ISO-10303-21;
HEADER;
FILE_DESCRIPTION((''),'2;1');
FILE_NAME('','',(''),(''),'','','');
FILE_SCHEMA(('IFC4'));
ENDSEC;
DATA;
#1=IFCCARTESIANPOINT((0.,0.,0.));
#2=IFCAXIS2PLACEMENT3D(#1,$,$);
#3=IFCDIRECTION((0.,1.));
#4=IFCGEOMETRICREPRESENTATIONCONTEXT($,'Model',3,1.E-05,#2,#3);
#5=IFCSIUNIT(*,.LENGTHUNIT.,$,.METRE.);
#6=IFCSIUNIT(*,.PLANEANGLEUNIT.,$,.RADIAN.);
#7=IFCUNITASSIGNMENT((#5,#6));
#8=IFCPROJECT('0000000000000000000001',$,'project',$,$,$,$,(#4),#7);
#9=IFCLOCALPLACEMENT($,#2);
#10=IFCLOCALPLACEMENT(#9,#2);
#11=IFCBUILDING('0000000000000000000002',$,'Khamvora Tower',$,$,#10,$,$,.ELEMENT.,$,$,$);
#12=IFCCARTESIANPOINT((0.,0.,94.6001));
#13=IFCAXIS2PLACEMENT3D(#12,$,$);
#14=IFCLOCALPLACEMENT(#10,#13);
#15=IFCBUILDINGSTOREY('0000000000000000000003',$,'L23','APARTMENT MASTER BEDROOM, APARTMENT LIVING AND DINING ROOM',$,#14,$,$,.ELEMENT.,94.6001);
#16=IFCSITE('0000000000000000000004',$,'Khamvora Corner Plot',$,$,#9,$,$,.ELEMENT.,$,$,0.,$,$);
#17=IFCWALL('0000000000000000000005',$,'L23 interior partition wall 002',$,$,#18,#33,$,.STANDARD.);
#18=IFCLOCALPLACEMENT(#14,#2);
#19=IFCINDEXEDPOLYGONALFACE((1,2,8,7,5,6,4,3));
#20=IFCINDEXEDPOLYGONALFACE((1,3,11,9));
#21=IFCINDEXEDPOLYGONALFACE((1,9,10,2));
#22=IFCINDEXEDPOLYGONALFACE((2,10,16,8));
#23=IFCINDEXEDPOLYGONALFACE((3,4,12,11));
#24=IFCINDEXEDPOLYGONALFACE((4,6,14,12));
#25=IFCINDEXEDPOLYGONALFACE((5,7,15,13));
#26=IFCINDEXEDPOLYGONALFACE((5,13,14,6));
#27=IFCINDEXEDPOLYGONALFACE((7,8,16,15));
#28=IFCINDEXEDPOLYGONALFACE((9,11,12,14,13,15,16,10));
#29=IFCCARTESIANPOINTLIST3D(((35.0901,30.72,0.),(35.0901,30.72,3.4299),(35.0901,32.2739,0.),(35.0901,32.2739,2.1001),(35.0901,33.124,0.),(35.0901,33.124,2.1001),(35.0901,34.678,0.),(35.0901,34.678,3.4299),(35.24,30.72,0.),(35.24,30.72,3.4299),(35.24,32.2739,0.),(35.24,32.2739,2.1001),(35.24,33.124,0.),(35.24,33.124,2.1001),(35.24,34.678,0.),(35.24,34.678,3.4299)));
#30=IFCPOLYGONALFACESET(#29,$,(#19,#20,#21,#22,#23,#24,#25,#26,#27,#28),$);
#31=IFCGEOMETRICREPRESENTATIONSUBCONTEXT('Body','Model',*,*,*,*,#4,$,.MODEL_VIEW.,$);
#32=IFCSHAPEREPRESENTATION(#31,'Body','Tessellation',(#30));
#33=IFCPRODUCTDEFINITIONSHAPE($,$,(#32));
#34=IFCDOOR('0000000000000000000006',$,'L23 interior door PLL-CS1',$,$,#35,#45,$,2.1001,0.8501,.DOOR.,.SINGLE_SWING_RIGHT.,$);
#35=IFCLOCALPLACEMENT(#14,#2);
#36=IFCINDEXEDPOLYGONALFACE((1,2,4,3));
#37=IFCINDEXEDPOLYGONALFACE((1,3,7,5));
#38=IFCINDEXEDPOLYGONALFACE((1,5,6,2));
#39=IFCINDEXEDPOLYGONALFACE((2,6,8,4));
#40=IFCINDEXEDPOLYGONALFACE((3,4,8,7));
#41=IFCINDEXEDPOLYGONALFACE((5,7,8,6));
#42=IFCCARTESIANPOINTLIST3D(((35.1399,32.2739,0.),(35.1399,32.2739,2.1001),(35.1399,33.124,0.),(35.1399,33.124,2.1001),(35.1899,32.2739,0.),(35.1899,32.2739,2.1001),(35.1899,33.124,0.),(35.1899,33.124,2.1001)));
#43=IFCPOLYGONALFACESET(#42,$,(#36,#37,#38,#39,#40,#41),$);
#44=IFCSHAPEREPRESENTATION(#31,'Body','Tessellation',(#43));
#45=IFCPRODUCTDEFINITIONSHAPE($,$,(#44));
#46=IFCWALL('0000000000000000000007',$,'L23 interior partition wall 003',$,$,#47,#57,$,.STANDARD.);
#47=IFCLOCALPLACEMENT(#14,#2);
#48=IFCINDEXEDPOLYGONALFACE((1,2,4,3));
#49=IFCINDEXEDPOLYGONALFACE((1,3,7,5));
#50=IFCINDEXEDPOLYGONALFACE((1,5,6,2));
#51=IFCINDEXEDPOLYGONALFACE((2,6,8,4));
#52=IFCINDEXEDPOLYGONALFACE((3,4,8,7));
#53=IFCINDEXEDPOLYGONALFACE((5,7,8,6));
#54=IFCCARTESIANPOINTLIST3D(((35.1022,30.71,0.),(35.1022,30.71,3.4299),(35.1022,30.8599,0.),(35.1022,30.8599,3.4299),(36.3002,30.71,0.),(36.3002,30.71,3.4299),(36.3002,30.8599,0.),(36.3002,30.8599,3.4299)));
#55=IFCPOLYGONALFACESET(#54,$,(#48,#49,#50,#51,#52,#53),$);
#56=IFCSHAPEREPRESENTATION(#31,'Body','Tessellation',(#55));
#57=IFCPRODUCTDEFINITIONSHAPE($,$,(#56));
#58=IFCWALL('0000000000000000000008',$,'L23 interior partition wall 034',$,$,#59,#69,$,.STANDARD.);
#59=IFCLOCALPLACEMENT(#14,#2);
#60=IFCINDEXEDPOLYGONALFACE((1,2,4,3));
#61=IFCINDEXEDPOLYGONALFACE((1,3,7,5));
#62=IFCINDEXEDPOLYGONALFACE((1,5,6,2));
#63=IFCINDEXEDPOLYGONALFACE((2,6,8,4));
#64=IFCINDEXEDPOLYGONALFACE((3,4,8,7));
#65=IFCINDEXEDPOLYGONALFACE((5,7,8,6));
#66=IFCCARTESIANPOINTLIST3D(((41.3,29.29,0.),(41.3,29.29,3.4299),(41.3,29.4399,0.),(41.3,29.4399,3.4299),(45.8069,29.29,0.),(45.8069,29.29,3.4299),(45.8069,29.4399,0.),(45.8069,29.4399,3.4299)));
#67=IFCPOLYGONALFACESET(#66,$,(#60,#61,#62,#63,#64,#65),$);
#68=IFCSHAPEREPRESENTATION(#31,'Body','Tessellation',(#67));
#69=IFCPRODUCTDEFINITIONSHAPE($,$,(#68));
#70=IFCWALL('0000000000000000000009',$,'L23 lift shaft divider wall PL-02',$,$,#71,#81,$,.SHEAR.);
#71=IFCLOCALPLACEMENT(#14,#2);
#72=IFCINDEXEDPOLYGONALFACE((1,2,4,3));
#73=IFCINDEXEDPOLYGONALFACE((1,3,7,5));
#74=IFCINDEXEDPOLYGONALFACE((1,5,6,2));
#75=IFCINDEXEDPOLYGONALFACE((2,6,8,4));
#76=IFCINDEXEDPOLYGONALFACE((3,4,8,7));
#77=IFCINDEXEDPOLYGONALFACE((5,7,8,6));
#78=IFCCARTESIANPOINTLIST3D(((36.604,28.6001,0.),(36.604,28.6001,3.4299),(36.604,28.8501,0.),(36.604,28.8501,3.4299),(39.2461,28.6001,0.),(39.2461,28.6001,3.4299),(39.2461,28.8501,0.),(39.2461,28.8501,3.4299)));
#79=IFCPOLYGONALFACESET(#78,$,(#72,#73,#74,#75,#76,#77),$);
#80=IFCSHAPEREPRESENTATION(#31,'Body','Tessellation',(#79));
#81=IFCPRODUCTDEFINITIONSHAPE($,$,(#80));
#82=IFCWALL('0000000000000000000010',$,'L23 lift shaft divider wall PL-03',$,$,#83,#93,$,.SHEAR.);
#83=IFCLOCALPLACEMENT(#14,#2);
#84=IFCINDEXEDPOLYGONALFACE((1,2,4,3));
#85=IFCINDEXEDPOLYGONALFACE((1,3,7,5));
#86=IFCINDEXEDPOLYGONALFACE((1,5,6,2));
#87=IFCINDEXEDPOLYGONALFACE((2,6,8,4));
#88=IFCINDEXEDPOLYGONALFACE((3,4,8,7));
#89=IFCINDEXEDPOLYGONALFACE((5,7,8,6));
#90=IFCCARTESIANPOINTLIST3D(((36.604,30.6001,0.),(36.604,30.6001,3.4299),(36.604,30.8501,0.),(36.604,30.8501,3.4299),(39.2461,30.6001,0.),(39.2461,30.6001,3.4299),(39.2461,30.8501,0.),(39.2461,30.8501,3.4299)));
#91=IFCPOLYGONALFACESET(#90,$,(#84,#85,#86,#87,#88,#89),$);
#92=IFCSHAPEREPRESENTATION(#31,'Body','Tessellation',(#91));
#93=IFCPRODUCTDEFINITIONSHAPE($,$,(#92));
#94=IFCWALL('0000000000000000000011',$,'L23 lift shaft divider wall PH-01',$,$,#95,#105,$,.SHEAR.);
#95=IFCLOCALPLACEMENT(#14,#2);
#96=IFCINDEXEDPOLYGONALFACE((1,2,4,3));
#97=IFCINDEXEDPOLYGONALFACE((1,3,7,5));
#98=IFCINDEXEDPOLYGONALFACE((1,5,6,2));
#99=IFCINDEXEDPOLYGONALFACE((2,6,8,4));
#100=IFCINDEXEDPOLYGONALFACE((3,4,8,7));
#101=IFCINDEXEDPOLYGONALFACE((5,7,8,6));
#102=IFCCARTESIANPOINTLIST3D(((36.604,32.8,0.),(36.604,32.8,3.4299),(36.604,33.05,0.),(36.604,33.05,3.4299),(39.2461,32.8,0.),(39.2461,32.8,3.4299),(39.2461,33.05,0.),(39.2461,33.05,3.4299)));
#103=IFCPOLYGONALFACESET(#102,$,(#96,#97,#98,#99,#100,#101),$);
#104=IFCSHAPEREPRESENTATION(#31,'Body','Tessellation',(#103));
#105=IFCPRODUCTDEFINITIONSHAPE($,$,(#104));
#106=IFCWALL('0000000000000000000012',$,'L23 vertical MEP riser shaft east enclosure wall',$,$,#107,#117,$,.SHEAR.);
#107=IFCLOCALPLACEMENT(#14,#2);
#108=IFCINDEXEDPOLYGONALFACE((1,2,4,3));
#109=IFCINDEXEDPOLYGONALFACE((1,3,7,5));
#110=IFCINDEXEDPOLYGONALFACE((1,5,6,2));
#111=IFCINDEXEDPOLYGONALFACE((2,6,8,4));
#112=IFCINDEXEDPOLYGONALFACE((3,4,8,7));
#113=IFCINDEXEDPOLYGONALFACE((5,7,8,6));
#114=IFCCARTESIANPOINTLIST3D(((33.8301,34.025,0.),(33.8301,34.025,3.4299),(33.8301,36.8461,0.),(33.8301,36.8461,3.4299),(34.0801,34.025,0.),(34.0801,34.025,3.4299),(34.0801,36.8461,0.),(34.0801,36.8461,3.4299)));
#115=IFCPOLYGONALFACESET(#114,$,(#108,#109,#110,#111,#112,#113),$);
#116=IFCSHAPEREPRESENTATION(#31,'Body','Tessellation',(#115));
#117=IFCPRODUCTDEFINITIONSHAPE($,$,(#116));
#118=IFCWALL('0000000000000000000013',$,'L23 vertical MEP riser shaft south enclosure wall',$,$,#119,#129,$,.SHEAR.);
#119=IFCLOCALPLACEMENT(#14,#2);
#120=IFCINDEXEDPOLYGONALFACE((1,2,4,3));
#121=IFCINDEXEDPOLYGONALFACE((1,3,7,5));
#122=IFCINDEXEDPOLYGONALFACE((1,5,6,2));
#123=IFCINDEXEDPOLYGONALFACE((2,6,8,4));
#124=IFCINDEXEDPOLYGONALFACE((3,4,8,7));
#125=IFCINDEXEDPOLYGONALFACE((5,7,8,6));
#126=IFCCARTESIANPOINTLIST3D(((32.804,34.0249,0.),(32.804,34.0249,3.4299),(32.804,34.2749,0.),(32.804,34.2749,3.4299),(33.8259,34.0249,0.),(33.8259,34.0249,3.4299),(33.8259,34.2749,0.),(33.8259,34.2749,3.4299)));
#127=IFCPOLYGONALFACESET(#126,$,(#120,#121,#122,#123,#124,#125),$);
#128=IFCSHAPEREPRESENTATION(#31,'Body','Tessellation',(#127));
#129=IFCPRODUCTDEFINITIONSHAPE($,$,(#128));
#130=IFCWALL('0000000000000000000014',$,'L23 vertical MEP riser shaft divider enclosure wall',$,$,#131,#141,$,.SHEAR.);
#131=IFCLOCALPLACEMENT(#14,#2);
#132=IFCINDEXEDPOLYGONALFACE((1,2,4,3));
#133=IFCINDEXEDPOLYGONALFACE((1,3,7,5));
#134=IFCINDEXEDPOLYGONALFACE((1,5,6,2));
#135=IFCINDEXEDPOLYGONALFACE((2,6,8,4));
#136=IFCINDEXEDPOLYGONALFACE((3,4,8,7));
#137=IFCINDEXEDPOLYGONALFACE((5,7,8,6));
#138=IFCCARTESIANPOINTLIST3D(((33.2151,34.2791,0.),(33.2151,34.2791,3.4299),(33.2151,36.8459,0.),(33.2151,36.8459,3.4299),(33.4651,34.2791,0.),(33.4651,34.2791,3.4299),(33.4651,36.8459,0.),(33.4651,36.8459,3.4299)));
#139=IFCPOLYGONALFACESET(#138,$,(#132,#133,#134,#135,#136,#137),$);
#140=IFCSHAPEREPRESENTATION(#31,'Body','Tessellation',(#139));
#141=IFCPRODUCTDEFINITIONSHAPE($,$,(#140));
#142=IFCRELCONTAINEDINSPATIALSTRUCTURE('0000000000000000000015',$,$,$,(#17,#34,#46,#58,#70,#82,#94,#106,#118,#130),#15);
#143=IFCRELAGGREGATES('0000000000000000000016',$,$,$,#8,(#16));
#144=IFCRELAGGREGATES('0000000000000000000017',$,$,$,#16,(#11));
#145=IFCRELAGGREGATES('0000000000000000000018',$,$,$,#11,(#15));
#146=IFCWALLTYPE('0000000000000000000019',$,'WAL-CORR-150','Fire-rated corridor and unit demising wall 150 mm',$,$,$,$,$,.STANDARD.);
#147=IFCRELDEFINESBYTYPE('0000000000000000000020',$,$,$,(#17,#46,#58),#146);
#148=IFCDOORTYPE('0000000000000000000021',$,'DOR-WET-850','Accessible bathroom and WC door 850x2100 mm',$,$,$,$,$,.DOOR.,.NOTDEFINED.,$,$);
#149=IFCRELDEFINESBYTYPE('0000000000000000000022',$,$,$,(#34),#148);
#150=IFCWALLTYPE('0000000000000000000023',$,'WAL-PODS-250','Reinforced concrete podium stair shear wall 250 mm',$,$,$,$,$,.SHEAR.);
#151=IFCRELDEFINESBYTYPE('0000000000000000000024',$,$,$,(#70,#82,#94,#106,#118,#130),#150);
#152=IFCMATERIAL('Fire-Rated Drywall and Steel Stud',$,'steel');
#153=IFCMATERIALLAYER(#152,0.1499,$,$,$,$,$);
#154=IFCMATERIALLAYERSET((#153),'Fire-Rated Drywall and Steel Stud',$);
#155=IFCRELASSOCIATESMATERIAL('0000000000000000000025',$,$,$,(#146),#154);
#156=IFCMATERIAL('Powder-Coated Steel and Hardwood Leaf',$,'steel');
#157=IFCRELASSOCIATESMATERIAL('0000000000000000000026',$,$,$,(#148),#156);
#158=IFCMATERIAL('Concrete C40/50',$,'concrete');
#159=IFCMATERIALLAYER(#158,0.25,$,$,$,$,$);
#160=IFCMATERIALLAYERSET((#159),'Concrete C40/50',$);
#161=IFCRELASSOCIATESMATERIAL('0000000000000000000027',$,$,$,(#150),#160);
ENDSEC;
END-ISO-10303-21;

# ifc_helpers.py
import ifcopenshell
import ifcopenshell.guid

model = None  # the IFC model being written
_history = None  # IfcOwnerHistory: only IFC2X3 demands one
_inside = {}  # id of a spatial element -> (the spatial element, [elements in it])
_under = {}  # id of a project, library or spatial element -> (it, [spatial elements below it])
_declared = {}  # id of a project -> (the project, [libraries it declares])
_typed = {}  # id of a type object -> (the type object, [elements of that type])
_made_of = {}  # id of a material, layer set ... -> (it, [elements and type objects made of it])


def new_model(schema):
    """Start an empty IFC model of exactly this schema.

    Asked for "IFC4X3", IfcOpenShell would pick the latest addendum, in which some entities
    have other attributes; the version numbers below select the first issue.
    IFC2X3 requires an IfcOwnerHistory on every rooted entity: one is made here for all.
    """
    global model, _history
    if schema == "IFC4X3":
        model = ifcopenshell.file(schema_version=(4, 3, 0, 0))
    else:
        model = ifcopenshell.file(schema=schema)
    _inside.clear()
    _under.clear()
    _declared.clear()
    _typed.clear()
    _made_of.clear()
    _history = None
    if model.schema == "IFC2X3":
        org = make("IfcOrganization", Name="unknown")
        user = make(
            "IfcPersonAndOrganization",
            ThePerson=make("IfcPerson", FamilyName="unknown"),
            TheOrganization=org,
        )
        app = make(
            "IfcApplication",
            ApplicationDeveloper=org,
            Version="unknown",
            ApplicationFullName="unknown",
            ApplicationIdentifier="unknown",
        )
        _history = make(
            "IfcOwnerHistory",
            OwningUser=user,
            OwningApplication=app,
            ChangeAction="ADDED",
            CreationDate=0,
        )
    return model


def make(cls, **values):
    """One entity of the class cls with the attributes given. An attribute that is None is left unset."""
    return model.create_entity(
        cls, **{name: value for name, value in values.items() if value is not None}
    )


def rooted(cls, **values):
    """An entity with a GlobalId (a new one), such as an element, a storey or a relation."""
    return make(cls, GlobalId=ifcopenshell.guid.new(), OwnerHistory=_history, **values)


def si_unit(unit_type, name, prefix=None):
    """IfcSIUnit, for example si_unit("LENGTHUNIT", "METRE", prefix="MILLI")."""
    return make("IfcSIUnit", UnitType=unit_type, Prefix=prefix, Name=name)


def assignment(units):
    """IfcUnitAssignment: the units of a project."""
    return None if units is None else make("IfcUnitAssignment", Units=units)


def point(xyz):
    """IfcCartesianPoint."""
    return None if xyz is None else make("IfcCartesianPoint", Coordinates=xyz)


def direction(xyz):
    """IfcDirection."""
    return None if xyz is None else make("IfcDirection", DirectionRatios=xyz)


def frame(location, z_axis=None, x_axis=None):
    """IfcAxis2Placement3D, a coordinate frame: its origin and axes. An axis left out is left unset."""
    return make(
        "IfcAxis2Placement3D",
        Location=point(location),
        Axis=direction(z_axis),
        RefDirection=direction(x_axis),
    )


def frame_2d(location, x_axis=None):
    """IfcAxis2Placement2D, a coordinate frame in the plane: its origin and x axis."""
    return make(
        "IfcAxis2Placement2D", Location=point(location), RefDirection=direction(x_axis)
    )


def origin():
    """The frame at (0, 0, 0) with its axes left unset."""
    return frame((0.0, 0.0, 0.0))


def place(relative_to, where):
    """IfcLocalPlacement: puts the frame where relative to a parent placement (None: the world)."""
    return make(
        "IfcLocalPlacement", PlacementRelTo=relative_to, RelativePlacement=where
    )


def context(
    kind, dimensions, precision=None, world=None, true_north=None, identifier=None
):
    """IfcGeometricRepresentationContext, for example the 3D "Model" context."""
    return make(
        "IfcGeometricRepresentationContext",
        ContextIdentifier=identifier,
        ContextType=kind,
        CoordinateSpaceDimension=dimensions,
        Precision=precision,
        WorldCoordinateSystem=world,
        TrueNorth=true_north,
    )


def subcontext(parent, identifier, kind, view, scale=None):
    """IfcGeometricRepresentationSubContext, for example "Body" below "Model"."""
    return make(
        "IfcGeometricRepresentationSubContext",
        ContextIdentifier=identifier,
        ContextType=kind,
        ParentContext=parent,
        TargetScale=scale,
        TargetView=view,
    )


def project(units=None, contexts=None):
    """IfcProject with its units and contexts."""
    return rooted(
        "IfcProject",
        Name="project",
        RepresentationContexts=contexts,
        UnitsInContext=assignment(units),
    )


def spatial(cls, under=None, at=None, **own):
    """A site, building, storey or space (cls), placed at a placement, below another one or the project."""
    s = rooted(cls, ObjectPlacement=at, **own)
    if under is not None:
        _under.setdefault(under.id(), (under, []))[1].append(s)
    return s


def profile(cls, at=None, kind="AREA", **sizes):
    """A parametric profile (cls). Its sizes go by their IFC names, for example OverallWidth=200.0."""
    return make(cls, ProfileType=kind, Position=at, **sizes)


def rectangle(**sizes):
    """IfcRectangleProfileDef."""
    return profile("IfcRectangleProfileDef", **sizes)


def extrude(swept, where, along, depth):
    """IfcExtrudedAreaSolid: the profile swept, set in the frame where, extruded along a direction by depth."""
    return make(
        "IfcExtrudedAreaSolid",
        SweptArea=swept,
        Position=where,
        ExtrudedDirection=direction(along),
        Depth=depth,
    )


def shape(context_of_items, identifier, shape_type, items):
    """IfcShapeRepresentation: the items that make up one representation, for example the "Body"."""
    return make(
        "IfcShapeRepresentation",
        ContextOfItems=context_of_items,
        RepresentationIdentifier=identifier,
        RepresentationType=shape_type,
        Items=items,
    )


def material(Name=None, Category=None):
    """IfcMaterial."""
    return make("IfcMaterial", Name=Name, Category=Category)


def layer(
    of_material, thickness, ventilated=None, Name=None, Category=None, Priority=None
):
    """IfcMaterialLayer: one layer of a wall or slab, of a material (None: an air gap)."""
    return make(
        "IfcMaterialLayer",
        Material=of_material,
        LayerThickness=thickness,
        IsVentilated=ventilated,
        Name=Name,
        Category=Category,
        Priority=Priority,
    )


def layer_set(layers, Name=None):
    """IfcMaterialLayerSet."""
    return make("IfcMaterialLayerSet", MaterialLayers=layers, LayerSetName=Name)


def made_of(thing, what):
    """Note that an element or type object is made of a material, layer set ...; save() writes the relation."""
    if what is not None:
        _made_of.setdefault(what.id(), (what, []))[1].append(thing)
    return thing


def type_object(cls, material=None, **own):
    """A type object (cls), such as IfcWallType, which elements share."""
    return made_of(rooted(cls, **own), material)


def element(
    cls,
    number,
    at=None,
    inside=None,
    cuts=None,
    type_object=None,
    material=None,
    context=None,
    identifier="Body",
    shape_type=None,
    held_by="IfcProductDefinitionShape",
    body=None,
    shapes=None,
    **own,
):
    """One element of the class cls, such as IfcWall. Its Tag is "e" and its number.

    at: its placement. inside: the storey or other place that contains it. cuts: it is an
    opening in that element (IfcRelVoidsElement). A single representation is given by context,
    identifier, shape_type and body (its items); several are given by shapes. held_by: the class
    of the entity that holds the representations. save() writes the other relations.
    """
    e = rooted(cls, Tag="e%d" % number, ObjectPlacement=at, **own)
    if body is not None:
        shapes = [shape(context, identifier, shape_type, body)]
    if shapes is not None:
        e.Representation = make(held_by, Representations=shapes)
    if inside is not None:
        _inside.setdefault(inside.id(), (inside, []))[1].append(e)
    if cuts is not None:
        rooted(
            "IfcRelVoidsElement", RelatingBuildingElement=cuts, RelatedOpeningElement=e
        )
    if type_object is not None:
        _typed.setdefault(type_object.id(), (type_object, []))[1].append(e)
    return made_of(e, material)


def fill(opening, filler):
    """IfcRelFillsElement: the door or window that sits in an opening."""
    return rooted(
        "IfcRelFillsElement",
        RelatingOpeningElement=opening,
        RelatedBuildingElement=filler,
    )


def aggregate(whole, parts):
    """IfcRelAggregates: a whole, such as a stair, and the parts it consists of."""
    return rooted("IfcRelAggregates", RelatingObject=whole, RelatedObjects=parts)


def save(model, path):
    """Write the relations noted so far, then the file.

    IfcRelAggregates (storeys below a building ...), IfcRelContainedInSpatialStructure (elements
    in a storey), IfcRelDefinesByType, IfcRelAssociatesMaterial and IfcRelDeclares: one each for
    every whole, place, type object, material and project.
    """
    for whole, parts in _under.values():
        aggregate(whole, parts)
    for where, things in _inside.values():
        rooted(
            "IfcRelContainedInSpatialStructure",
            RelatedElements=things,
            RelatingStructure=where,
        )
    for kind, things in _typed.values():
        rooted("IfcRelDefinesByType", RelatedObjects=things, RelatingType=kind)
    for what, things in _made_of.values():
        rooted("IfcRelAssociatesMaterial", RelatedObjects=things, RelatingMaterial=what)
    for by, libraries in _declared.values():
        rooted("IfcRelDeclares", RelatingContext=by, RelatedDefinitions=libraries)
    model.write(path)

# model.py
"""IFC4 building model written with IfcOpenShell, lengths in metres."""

from ifc_helpers import new_model, si_unit, direction, frame, frame_2d, origin, place, context, subcontext, project, spatial, rectangle, extrude, material, layer, layer_set, type_object, element, fill, save


model = new_model("IFC4")

# Units and contexts
model_context = context("Model", 3, precision=1e-05, world=origin(), true_north=direction((0.0, 1.0)))
body_context = subcontext(model_context, "Body", "Model", "MODEL_VIEW")
ifc_project = project(units=[si_unit("LENGTHUNIT", "METRE"), si_unit("PLANEANGLEUNIT", "RADIAN")], contexts=[model_context])

# Site, building, storey
site_placement = place(None, origin())
site = spatial("IfcSite", under=ifc_project, at=site_placement, Name="Khamvora Corner Plot", CompositionType="ELEMENT", RefElevation=0.0)
building_placement = place(site_placement, origin())
building = spatial("IfcBuilding", under=site, at=building_placement, Name="Khamvora Tower", CompositionType="ELEMENT")
storey_placement = place(building_placement, frame((0.0, 0.0, 94.6001)))
storey = spatial("IfcBuildingStorey", under=building, at=storey_placement, Name="L23", Description="APARTMENT MASTER BEDROOM, APARTMENT LIVING AND DINING ROOM", CompositionType="ELEMENT", Elevation=94.6001)

# Shared definitions
ifc_material_1 = material(Name="Powder-Coated Steel and Hardwood Leaf", Category="steel")

# Shared definitions
ifc_material_2 = material(Name="Fire-Rated Drywall and Steel Stud", Category="steel")
ifc_layer_1 = layer(ifc_material_2, 0.1499)
ifc_layer_set_1 = layer_set([ifc_layer_1], Name="Fire-Rated Drywall and Steel Stud")
wall_type_1 = type_object("IfcWallType", Name="WAL-CORR-150", Description="Fire-rated corridor and unit demising wall 150 mm", PredefinedType="STANDARD", material=ifc_layer_set_1)

# Wall, opening, door
wall_1_placement = place(storey_placement, frame((35.165, 34.678, 0.0), z_axis=(0.0, 0.0, 1.0), x_axis=(0.0, -1.0, 0.0)))
wall_1 = element("IfcWall", 1, at=wall_1_placement, inside=storey, type_object=wall_type_1, Name="L23 interior partition wall 002", PredefinedType="STANDARD", context=body_context, shape_type="SweptSolid", body=[
    extrude(rectangle(XDim=3.958, YDim=0.1499, at=frame_2d((1.979, 0.0))), origin(), (0.0, 0.0, 1.0), 3.4299),
])
opening_1_placement = place(wall_1_placement, frame((1.554, 0.0, 0.0)))
opening_1 = element("IfcOpeningElement", 2, at=opening_1_placement, cuts=wall_1, PredefinedType="OPENING", context=body_context, shape_type="SweptSolid", body=[
    extrude(rectangle(XDim=0.8501, YDim=2.1001, at=frame_2d((0.425, 1.05))), frame((0.0, 0.085, 0.0), z_axis=(0.0, -1.0, 0.0), x_axis=(1.0, 0.0, 0.0)), (0.0, 0.0, 1.0), 0.1699),
])
door_type_1 = type_object("IfcDoorType", Name="DOR-WET-850", Description="Accessible bathroom and WC door 850x2100 mm", OperationType="NOTDEFINED", PredefinedType="DOOR", material=ifc_material_1)
door_1_placement = place(opening_1_placement, origin())
door_1 = element("IfcDoor", 3, at=door_1_placement, inside=storey, type_object=door_type_1, Name="L23 interior door PLL-CS1", OperationType="SINGLE_SWING_RIGHT", OverallHeight=2.1001, OverallWidth=0.8501, PredefinedType="DOOR", context=body_context, shape_type="SweptSolid", body=[
    extrude(rectangle(XDim=0.8501, YDim=2.1001, at=frame_2d((0.425, 1.05))), frame((0.0, 0.0249, 0.0), z_axis=(0.0, -1.0, 0.0), x_axis=(1.0, 0.0, 0.0)), (0.0, 0.0, 1.0), 0.05),
])
fill(opening_1, door_1)

# Walls
wall_2_placement = place(storey_placement, frame((35.1021, 30.7849, 0.0), z_axis=(0.0, 0.0, 1.0), x_axis=(1.0, 0.0, 0.0)))
element("IfcWall", 4, at=wall_2_placement, inside=storey, type_object=wall_type_1, Name="L23 interior partition wall 003", PredefinedType="STANDARD", context=body_context, shape_type="SweptSolid", body=[
    extrude(rectangle(XDim=1.198, YDim=0.1499, at=frame_2d((0.5991, 0.0))), origin(), (0.0, 0.0, 1.0), 3.4299),
])
wall_3_placement = place(storey_placement, frame((41.3, 29.365, 0.0), z_axis=(0.0, 0.0, 1.0), x_axis=(1.0, 0.0, 0.0)))
element("IfcWall", 5, at=wall_3_placement, inside=storey, type_object=wall_type_1, Name="L23 interior partition wall 034", PredefinedType="STANDARD", context=body_context, shape_type="SweptSolid", body=[
    extrude(rectangle(XDim=4.5068, YDim=0.1499, at=frame_2d((2.2534, 0.0))), origin(), (0.0, 0.0, 1.0), 3.4299),
])
ifc_material_3 = material(Name="Concrete C40/50", Category="concrete")
ifc_layer_2 = layer(ifc_material_3, 0.25)
ifc_layer_set_2 = layer_set([ifc_layer_2], Name="Concrete C40/50")
wall_type_2 = type_object("IfcWallType", Name="WAL-PODS-250", Description="Reinforced concrete podium stair shear wall 250 mm", PredefinedType="SHEAR", material=ifc_layer_set_2)
for number, where, z_axis, x_axis, name in (
    (6, (36.604, 28.7251, 0.0), (0.0, 0.0, 1.0), (1.0, 0.0, 0.0), "L23 lift shaft divider wall PL-02"),
    (7, (36.604, 30.7251, 0.0), (0.0, 0.0, 1.0), (1.0, 0.0, 0.0), "L23 lift shaft divider wall PL-03"),
    (8, (36.604, 32.925, 0.0), (0.0, 0.0, 1.0), (1.0, 0.0, 0.0), "L23 lift shaft divider wall PH-01"),
):
    element("IfcWall", number, at=place(storey_placement, frame(where, z_axis=z_axis, x_axis=x_axis)), inside=storey, type_object=wall_type_2, Name=name, PredefinedType="SHEAR", context=body_context, shape_type="SweptSolid", body=[
        extrude(rectangle(XDim=2.6421, YDim=0.25, at=frame_2d((1.321, 0.0))), origin(), (0.0, 0.0, 1.0), 3.4299),
    ])
wall_4_placement = place(storey_placement, frame((33.9551, 34.0249, 0.0), z_axis=(0.0, 0.0, 1.0), x_axis=(0.0, 1.0, 0.0)))
element("IfcWall", 9, at=wall_4_placement, inside=storey, type_object=wall_type_2, Name="L23 vertical MEP riser shaft east enclosure wall", PredefinedType="SHEAR", context=body_context, shape_type="SweptSolid", body=[
    extrude(rectangle(XDim=2.821, YDim=0.25, at=frame_2d((1.4106, 0.0))), origin(), (0.0, 0.0, 1.0), 3.4299),
])
wall_5_placement = place(storey_placement, frame((32.804, 34.1499, 0.0), z_axis=(0.0, 0.0, 1.0), x_axis=(1.0, 0.0, 0.0)))
element("IfcWall", 10, at=wall_5_placement, inside=storey, type_object=wall_type_2, Name="L23 vertical MEP riser shaft south enclosure wall", PredefinedType="SHEAR", context=body_context, shape_type="SweptSolid", body=[
    extrude(rectangle(XDim=1.022, YDim=0.25, at=frame_2d((0.511, 0.0))), origin(), (0.0, 0.0, 1.0), 3.4299),
])
wall_6_placement = place(storey_placement, frame((33.3401, 34.2791, 0.0), z_axis=(0.0, 0.0, 1.0), x_axis=(0.0, 1.0, 0.0)))
element("IfcWall", 11, at=wall_6_placement, inside=storey, type_object=wall_type_2, Name="L23 vertical MEP riser shaft divider enclosure wall", PredefinedType="SHEAR", context=body_context, shape_type="SweptSolid", body=[
    extrude(rectangle(XDim=2.5669, YDim=0.25, at=frame_2d((1.2834, 0.0))), origin(), (0.0, 0.0, 1.0), 3.4299),
])

save(model, "model.ifc")
